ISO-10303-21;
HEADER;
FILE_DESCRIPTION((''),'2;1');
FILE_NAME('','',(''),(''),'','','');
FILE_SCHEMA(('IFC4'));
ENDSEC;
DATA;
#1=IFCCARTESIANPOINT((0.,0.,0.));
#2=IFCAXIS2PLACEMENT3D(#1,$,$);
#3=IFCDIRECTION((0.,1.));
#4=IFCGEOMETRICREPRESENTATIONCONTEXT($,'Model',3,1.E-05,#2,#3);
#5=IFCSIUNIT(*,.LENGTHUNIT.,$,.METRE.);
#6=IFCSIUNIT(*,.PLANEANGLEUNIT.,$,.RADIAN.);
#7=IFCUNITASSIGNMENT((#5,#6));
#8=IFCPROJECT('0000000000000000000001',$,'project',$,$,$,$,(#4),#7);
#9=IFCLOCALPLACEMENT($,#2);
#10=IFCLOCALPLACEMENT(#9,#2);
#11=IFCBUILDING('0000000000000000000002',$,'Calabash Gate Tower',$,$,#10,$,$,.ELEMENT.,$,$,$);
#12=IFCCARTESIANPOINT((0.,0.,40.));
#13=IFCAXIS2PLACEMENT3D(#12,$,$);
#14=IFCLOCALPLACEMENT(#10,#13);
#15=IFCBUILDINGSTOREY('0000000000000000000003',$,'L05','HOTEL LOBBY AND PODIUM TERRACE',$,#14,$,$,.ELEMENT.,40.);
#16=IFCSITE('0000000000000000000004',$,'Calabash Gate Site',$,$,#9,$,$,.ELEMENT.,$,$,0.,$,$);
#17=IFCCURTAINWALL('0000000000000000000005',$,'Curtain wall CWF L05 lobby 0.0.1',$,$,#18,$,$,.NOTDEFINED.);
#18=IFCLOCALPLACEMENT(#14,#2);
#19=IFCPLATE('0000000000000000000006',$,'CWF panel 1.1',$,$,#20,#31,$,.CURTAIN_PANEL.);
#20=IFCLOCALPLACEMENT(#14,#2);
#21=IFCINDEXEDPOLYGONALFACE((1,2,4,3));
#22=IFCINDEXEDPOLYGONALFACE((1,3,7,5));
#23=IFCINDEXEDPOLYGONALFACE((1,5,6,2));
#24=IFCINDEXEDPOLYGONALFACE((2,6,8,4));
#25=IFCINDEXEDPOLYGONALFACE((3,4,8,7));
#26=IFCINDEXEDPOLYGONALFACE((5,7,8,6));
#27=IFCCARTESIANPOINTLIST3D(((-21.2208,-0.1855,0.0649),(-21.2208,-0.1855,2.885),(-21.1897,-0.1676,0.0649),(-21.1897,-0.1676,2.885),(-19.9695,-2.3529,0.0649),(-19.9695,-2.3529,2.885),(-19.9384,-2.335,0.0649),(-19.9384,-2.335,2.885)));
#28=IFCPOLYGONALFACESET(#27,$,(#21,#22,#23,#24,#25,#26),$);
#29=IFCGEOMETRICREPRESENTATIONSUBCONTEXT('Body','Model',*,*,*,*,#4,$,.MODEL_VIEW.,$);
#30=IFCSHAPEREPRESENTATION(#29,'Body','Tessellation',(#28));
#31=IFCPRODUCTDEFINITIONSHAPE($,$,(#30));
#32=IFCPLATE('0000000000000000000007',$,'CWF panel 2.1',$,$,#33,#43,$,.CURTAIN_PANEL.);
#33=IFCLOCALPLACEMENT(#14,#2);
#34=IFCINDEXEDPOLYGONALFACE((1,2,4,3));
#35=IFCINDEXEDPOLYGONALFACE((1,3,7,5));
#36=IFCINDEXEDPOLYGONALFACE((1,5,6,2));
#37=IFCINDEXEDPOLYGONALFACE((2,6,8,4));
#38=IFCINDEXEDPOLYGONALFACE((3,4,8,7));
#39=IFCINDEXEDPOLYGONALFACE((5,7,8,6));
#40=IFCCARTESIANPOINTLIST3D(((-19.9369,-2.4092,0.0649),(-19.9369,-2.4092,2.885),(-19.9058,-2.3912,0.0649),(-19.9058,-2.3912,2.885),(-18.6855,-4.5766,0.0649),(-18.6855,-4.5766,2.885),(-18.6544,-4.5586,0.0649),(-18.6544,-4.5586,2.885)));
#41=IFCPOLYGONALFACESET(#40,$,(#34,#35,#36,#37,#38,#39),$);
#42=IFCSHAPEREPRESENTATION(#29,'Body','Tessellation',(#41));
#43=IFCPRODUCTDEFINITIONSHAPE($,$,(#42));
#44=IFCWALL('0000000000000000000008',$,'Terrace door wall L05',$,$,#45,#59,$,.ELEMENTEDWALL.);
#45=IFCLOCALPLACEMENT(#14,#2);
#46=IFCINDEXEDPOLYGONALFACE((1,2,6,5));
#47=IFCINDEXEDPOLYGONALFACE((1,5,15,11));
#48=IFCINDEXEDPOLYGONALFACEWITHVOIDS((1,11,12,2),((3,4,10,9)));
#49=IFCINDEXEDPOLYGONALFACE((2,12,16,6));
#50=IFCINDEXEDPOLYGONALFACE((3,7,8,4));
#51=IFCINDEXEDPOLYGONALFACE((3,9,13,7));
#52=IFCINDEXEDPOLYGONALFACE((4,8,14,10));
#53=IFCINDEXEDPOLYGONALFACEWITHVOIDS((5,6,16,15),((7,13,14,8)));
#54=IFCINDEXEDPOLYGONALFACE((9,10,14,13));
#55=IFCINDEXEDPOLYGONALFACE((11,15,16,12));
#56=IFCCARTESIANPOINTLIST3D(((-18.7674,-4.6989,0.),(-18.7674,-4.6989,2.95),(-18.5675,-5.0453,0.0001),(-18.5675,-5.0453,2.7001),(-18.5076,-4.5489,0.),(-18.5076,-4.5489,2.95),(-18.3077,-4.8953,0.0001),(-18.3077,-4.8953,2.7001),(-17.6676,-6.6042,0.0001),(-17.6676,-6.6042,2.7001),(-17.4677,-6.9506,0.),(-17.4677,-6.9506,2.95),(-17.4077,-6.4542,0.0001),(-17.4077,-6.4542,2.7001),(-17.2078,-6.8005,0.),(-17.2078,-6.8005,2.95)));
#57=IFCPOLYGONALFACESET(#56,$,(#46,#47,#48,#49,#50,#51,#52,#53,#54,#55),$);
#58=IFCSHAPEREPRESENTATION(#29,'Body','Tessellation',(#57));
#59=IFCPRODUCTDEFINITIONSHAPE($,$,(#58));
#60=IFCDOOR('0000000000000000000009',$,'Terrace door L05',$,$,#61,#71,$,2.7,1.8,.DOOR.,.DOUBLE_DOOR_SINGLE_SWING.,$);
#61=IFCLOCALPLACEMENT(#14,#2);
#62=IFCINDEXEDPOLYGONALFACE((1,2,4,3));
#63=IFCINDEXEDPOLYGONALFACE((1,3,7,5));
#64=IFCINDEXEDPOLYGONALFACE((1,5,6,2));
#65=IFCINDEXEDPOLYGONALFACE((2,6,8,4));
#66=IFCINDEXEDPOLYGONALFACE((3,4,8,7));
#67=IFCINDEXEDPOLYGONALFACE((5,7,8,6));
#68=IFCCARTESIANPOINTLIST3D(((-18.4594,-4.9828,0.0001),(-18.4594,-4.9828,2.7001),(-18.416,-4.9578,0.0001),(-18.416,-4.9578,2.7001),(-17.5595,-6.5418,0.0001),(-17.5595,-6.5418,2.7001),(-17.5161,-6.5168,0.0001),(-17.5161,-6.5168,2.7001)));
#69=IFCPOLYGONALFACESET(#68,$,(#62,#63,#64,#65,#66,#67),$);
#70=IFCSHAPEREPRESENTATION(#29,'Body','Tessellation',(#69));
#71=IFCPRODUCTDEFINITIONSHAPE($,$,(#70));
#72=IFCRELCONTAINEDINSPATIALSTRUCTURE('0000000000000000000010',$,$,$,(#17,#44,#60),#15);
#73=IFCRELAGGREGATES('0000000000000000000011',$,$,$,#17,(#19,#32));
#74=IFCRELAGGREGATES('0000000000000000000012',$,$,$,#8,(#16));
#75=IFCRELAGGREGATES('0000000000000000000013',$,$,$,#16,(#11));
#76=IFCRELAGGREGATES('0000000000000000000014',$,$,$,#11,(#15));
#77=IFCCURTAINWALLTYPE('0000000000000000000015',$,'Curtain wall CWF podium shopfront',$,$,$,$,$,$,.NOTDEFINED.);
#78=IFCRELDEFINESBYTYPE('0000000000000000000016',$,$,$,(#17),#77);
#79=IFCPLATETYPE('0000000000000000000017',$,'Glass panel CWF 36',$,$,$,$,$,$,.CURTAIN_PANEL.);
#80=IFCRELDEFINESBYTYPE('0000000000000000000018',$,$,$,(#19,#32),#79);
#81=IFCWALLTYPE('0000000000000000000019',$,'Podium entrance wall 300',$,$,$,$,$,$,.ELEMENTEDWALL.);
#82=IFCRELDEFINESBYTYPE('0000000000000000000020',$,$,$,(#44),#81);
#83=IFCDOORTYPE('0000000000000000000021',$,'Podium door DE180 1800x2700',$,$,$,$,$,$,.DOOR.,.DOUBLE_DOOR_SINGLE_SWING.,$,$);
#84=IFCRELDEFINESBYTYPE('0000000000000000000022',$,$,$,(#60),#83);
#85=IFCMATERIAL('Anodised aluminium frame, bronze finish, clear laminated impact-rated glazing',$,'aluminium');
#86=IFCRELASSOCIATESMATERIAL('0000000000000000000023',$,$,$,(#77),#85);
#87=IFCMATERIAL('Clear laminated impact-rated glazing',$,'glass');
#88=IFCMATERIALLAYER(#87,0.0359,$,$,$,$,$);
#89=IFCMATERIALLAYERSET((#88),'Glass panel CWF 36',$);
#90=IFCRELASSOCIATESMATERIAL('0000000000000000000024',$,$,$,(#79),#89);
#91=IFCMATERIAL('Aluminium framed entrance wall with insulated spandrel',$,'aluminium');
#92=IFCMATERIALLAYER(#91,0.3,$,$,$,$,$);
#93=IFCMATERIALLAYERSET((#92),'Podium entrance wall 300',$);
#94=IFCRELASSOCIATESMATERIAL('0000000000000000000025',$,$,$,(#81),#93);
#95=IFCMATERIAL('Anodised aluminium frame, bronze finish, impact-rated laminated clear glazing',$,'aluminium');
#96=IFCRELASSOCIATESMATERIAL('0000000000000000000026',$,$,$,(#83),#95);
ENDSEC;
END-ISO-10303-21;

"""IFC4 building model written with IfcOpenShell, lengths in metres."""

from ifc_helpers import new_model, si_unit, direction, frame, frame_2d, origin, origin_2d, place, context, subcontext, project, spatial, rectangle, extrude, material, layer, layer_set, type_object, element, fill, aggregate, save


model = new_model("IFC4")

# Units and contexts
model_context = context("Model", 3, precision=1e-05, world=origin(), true_north=direction((0.0, 1.0)))
body_context = subcontext(model_context, "Body", "Model", "MODEL_VIEW")
ifc_project = project(units=[si_unit("LENGTHUNIT", "METRE"), si_unit("PLANEANGLEUNIT", "RADIAN")], contexts=[model_context])

# Site, building, storey
site_placement = place(None, origin())
site = spatial("IfcSite", under=ifc_project, at=site_placement, Name="Calabash Gate Site", CompositionType="ELEMENT", RefElevation=0.0)
building_placement = place(site_placement, origin())
building = spatial("IfcBuilding", under=site, at=building_placement, Name="Calabash Gate Tower", CompositionType="ELEMENT")
storey_placement = place(building_placement, frame((0.0, 0.0, 40.0)))
storey = spatial("IfcBuildingStorey", under=building, at=storey_placement, Name="L05", Description="HOTEL LOBBY AND PODIUM TERRACE", CompositionType="ELEMENT", Elevation=40.0)

# Shared definitions
ifc_material_1 = material(Name="Anodised aluminium frame, bronze finish, clear laminated impact-rated glazing", Category="aluminium")
curtain_wall_type = type_object("IfcCurtainWallType", Name="Curtain wall CWF podium shopfront", PredefinedType="NOTDEFINED", material=ifc_material_1)

# Curtain wall
curtain_wall_1_placement = place(storey_placement, origin())
curtain_wall_1 = element("IfcCurtainWall", 1, at=curtain_wall_1_placement, inside=storey, type_object=curtain_wall_type, Name="Curtain wall CWF L05 lobby 0.0.1", PredefinedType="NOTDEFINED")

# Plates
ifc_material_2 = material(Name="Clear laminated impact-rated glazing", Category="glass")
ifc_layer_1 = layer(ifc_material_2, 0.0359)
ifc_layer_set_1 = layer_set([ifc_layer_1], Name="Glass panel CWF 36")
plate_type = type_object("IfcPlateType", Name="Glass panel CWF 36", PredefinedType="CURTAIN_PANEL", material=ifc_layer_set_1)
plate_1_placement = place(storey_placement, frame((-20.5796, -1.2603, 0.0649), z_axis=(0.0, 0.0, 1.0), x_axis=(0.5, -0.866025, 0.0)))
plate_1 = element("IfcPlate", 2, at=plate_1_placement, type_object=plate_type, Name="CWF panel 1.1", PredefinedType="CURTAIN_PANEL", context=body_context, shape_type="SweptSolid", body=[
    extrude(rectangle(XDim=2.5027, YDim=0.0359, at=origin_2d()), origin(), (0.0, 0.0, 1.0), 2.8201),
])
plate_2_placement = place(storey_placement, frame((-19.2957, -3.4839, 0.0649), z_axis=(0.0, 0.0, 1.0), x_axis=(0.5, -0.866025, 0.0)))
plate_2 = element("IfcPlate", 3, at=plate_2_placement, type_object=plate_type, Name="CWF panel 2.1", PredefinedType="CURTAIN_PANEL", context=body_context, shape_type="SweptSolid", body=[
    extrude(rectangle(XDim=2.5027, YDim=0.0359, at=origin_2d()), origin(), (0.0, 0.0, 1.0), 2.8201),
])
aggregate(curtain_wall_1, [plate_1, plate_2])

# Wall, opening, door
ifc_material_3 = material(Name="Aluminium framed entrance wall with insulated spandrel", Category="aluminium")
ifc_layer_2 = layer(ifc_material_3, 0.3)
ifc_layer_set_2 = layer_set([ifc_layer_2], Name="Podium entrance wall 300")
wall_type = type_object("IfcWallType", Name="Podium entrance wall 300", PredefinedType="ELEMENTEDWALL", material=ifc_layer_set_2)
wall_placement = place(storey_placement, frame((-18.6375, -4.624, 0.0), z_axis=(0.0, 0.0, 1.0), x_axis=(0.499937, -0.866062, 0.0)))
wall = element("IfcWall", 4, at=wall_placement, inside=storey, type_object=wall_type, Name="Terrace door wall L05", PredefinedType="ELEMENTEDWALL", context=body_context, shape_type="SweptSolid", body=[
    extrude(rectangle(XDim=2.5999, YDim=0.3, at=frame_2d((1.2998, 0.0))), origin(), (0.0, 0.0, 1.0), 2.95),
])
opening_placement = place(wall_placement, frame((0.3999, 0.0, 0.0)))
opening = element("IfcOpeningElement", 5, at=opening_placement, cuts=wall, PredefinedType="OPENING", context=body_context, shape_type="SweptSolid", body=[
    extrude(rectangle(XDim=1.8, YDim=2.7, at=frame_2d((0.8999, 1.3501))), frame((0.0, 0.1599, 0.0), z_axis=(0.0, -1.0, 0.0), x_axis=(1.0, 0.0, 0.0)), (0.0, 0.0, 1.0), 0.3201),
])
ifc_material_4 = material(Name="Anodised aluminium frame, bronze finish, impact-rated laminated clear glazing", Category="aluminium")
door_type = type_object("IfcDoorType", Name="Podium door DE180 1800x2700", OperationType="DOUBLE_DOOR_SINGLE_SWING", PredefinedType="DOOR", material=ifc_material_4)
door_placement = place(opening_placement, origin())
door = element("IfcDoor", 6, at=door_placement, inside=storey, type_object=door_type, Name="Terrace door L05", OperationType="DOUBLE_DOOR_SINGLE_SWING", OverallHeight=2.7, OverallWidth=1.8, PredefinedType="DOOR", context=body_context, shape_type="SweptSolid", body=[
    extrude(rectangle(XDim=1.8, YDim=2.7, at=frame_2d((0.8999, 1.3501))), frame((0.0, 0.0249, 0.0), z_axis=(0.0, -1.0, 0.0), x_axis=(1.0, 0.0, 0.0)), (0.0, 0.0, 1.0), 0.05),
])
fill(opening, door)

save(model, "model.ifc")
